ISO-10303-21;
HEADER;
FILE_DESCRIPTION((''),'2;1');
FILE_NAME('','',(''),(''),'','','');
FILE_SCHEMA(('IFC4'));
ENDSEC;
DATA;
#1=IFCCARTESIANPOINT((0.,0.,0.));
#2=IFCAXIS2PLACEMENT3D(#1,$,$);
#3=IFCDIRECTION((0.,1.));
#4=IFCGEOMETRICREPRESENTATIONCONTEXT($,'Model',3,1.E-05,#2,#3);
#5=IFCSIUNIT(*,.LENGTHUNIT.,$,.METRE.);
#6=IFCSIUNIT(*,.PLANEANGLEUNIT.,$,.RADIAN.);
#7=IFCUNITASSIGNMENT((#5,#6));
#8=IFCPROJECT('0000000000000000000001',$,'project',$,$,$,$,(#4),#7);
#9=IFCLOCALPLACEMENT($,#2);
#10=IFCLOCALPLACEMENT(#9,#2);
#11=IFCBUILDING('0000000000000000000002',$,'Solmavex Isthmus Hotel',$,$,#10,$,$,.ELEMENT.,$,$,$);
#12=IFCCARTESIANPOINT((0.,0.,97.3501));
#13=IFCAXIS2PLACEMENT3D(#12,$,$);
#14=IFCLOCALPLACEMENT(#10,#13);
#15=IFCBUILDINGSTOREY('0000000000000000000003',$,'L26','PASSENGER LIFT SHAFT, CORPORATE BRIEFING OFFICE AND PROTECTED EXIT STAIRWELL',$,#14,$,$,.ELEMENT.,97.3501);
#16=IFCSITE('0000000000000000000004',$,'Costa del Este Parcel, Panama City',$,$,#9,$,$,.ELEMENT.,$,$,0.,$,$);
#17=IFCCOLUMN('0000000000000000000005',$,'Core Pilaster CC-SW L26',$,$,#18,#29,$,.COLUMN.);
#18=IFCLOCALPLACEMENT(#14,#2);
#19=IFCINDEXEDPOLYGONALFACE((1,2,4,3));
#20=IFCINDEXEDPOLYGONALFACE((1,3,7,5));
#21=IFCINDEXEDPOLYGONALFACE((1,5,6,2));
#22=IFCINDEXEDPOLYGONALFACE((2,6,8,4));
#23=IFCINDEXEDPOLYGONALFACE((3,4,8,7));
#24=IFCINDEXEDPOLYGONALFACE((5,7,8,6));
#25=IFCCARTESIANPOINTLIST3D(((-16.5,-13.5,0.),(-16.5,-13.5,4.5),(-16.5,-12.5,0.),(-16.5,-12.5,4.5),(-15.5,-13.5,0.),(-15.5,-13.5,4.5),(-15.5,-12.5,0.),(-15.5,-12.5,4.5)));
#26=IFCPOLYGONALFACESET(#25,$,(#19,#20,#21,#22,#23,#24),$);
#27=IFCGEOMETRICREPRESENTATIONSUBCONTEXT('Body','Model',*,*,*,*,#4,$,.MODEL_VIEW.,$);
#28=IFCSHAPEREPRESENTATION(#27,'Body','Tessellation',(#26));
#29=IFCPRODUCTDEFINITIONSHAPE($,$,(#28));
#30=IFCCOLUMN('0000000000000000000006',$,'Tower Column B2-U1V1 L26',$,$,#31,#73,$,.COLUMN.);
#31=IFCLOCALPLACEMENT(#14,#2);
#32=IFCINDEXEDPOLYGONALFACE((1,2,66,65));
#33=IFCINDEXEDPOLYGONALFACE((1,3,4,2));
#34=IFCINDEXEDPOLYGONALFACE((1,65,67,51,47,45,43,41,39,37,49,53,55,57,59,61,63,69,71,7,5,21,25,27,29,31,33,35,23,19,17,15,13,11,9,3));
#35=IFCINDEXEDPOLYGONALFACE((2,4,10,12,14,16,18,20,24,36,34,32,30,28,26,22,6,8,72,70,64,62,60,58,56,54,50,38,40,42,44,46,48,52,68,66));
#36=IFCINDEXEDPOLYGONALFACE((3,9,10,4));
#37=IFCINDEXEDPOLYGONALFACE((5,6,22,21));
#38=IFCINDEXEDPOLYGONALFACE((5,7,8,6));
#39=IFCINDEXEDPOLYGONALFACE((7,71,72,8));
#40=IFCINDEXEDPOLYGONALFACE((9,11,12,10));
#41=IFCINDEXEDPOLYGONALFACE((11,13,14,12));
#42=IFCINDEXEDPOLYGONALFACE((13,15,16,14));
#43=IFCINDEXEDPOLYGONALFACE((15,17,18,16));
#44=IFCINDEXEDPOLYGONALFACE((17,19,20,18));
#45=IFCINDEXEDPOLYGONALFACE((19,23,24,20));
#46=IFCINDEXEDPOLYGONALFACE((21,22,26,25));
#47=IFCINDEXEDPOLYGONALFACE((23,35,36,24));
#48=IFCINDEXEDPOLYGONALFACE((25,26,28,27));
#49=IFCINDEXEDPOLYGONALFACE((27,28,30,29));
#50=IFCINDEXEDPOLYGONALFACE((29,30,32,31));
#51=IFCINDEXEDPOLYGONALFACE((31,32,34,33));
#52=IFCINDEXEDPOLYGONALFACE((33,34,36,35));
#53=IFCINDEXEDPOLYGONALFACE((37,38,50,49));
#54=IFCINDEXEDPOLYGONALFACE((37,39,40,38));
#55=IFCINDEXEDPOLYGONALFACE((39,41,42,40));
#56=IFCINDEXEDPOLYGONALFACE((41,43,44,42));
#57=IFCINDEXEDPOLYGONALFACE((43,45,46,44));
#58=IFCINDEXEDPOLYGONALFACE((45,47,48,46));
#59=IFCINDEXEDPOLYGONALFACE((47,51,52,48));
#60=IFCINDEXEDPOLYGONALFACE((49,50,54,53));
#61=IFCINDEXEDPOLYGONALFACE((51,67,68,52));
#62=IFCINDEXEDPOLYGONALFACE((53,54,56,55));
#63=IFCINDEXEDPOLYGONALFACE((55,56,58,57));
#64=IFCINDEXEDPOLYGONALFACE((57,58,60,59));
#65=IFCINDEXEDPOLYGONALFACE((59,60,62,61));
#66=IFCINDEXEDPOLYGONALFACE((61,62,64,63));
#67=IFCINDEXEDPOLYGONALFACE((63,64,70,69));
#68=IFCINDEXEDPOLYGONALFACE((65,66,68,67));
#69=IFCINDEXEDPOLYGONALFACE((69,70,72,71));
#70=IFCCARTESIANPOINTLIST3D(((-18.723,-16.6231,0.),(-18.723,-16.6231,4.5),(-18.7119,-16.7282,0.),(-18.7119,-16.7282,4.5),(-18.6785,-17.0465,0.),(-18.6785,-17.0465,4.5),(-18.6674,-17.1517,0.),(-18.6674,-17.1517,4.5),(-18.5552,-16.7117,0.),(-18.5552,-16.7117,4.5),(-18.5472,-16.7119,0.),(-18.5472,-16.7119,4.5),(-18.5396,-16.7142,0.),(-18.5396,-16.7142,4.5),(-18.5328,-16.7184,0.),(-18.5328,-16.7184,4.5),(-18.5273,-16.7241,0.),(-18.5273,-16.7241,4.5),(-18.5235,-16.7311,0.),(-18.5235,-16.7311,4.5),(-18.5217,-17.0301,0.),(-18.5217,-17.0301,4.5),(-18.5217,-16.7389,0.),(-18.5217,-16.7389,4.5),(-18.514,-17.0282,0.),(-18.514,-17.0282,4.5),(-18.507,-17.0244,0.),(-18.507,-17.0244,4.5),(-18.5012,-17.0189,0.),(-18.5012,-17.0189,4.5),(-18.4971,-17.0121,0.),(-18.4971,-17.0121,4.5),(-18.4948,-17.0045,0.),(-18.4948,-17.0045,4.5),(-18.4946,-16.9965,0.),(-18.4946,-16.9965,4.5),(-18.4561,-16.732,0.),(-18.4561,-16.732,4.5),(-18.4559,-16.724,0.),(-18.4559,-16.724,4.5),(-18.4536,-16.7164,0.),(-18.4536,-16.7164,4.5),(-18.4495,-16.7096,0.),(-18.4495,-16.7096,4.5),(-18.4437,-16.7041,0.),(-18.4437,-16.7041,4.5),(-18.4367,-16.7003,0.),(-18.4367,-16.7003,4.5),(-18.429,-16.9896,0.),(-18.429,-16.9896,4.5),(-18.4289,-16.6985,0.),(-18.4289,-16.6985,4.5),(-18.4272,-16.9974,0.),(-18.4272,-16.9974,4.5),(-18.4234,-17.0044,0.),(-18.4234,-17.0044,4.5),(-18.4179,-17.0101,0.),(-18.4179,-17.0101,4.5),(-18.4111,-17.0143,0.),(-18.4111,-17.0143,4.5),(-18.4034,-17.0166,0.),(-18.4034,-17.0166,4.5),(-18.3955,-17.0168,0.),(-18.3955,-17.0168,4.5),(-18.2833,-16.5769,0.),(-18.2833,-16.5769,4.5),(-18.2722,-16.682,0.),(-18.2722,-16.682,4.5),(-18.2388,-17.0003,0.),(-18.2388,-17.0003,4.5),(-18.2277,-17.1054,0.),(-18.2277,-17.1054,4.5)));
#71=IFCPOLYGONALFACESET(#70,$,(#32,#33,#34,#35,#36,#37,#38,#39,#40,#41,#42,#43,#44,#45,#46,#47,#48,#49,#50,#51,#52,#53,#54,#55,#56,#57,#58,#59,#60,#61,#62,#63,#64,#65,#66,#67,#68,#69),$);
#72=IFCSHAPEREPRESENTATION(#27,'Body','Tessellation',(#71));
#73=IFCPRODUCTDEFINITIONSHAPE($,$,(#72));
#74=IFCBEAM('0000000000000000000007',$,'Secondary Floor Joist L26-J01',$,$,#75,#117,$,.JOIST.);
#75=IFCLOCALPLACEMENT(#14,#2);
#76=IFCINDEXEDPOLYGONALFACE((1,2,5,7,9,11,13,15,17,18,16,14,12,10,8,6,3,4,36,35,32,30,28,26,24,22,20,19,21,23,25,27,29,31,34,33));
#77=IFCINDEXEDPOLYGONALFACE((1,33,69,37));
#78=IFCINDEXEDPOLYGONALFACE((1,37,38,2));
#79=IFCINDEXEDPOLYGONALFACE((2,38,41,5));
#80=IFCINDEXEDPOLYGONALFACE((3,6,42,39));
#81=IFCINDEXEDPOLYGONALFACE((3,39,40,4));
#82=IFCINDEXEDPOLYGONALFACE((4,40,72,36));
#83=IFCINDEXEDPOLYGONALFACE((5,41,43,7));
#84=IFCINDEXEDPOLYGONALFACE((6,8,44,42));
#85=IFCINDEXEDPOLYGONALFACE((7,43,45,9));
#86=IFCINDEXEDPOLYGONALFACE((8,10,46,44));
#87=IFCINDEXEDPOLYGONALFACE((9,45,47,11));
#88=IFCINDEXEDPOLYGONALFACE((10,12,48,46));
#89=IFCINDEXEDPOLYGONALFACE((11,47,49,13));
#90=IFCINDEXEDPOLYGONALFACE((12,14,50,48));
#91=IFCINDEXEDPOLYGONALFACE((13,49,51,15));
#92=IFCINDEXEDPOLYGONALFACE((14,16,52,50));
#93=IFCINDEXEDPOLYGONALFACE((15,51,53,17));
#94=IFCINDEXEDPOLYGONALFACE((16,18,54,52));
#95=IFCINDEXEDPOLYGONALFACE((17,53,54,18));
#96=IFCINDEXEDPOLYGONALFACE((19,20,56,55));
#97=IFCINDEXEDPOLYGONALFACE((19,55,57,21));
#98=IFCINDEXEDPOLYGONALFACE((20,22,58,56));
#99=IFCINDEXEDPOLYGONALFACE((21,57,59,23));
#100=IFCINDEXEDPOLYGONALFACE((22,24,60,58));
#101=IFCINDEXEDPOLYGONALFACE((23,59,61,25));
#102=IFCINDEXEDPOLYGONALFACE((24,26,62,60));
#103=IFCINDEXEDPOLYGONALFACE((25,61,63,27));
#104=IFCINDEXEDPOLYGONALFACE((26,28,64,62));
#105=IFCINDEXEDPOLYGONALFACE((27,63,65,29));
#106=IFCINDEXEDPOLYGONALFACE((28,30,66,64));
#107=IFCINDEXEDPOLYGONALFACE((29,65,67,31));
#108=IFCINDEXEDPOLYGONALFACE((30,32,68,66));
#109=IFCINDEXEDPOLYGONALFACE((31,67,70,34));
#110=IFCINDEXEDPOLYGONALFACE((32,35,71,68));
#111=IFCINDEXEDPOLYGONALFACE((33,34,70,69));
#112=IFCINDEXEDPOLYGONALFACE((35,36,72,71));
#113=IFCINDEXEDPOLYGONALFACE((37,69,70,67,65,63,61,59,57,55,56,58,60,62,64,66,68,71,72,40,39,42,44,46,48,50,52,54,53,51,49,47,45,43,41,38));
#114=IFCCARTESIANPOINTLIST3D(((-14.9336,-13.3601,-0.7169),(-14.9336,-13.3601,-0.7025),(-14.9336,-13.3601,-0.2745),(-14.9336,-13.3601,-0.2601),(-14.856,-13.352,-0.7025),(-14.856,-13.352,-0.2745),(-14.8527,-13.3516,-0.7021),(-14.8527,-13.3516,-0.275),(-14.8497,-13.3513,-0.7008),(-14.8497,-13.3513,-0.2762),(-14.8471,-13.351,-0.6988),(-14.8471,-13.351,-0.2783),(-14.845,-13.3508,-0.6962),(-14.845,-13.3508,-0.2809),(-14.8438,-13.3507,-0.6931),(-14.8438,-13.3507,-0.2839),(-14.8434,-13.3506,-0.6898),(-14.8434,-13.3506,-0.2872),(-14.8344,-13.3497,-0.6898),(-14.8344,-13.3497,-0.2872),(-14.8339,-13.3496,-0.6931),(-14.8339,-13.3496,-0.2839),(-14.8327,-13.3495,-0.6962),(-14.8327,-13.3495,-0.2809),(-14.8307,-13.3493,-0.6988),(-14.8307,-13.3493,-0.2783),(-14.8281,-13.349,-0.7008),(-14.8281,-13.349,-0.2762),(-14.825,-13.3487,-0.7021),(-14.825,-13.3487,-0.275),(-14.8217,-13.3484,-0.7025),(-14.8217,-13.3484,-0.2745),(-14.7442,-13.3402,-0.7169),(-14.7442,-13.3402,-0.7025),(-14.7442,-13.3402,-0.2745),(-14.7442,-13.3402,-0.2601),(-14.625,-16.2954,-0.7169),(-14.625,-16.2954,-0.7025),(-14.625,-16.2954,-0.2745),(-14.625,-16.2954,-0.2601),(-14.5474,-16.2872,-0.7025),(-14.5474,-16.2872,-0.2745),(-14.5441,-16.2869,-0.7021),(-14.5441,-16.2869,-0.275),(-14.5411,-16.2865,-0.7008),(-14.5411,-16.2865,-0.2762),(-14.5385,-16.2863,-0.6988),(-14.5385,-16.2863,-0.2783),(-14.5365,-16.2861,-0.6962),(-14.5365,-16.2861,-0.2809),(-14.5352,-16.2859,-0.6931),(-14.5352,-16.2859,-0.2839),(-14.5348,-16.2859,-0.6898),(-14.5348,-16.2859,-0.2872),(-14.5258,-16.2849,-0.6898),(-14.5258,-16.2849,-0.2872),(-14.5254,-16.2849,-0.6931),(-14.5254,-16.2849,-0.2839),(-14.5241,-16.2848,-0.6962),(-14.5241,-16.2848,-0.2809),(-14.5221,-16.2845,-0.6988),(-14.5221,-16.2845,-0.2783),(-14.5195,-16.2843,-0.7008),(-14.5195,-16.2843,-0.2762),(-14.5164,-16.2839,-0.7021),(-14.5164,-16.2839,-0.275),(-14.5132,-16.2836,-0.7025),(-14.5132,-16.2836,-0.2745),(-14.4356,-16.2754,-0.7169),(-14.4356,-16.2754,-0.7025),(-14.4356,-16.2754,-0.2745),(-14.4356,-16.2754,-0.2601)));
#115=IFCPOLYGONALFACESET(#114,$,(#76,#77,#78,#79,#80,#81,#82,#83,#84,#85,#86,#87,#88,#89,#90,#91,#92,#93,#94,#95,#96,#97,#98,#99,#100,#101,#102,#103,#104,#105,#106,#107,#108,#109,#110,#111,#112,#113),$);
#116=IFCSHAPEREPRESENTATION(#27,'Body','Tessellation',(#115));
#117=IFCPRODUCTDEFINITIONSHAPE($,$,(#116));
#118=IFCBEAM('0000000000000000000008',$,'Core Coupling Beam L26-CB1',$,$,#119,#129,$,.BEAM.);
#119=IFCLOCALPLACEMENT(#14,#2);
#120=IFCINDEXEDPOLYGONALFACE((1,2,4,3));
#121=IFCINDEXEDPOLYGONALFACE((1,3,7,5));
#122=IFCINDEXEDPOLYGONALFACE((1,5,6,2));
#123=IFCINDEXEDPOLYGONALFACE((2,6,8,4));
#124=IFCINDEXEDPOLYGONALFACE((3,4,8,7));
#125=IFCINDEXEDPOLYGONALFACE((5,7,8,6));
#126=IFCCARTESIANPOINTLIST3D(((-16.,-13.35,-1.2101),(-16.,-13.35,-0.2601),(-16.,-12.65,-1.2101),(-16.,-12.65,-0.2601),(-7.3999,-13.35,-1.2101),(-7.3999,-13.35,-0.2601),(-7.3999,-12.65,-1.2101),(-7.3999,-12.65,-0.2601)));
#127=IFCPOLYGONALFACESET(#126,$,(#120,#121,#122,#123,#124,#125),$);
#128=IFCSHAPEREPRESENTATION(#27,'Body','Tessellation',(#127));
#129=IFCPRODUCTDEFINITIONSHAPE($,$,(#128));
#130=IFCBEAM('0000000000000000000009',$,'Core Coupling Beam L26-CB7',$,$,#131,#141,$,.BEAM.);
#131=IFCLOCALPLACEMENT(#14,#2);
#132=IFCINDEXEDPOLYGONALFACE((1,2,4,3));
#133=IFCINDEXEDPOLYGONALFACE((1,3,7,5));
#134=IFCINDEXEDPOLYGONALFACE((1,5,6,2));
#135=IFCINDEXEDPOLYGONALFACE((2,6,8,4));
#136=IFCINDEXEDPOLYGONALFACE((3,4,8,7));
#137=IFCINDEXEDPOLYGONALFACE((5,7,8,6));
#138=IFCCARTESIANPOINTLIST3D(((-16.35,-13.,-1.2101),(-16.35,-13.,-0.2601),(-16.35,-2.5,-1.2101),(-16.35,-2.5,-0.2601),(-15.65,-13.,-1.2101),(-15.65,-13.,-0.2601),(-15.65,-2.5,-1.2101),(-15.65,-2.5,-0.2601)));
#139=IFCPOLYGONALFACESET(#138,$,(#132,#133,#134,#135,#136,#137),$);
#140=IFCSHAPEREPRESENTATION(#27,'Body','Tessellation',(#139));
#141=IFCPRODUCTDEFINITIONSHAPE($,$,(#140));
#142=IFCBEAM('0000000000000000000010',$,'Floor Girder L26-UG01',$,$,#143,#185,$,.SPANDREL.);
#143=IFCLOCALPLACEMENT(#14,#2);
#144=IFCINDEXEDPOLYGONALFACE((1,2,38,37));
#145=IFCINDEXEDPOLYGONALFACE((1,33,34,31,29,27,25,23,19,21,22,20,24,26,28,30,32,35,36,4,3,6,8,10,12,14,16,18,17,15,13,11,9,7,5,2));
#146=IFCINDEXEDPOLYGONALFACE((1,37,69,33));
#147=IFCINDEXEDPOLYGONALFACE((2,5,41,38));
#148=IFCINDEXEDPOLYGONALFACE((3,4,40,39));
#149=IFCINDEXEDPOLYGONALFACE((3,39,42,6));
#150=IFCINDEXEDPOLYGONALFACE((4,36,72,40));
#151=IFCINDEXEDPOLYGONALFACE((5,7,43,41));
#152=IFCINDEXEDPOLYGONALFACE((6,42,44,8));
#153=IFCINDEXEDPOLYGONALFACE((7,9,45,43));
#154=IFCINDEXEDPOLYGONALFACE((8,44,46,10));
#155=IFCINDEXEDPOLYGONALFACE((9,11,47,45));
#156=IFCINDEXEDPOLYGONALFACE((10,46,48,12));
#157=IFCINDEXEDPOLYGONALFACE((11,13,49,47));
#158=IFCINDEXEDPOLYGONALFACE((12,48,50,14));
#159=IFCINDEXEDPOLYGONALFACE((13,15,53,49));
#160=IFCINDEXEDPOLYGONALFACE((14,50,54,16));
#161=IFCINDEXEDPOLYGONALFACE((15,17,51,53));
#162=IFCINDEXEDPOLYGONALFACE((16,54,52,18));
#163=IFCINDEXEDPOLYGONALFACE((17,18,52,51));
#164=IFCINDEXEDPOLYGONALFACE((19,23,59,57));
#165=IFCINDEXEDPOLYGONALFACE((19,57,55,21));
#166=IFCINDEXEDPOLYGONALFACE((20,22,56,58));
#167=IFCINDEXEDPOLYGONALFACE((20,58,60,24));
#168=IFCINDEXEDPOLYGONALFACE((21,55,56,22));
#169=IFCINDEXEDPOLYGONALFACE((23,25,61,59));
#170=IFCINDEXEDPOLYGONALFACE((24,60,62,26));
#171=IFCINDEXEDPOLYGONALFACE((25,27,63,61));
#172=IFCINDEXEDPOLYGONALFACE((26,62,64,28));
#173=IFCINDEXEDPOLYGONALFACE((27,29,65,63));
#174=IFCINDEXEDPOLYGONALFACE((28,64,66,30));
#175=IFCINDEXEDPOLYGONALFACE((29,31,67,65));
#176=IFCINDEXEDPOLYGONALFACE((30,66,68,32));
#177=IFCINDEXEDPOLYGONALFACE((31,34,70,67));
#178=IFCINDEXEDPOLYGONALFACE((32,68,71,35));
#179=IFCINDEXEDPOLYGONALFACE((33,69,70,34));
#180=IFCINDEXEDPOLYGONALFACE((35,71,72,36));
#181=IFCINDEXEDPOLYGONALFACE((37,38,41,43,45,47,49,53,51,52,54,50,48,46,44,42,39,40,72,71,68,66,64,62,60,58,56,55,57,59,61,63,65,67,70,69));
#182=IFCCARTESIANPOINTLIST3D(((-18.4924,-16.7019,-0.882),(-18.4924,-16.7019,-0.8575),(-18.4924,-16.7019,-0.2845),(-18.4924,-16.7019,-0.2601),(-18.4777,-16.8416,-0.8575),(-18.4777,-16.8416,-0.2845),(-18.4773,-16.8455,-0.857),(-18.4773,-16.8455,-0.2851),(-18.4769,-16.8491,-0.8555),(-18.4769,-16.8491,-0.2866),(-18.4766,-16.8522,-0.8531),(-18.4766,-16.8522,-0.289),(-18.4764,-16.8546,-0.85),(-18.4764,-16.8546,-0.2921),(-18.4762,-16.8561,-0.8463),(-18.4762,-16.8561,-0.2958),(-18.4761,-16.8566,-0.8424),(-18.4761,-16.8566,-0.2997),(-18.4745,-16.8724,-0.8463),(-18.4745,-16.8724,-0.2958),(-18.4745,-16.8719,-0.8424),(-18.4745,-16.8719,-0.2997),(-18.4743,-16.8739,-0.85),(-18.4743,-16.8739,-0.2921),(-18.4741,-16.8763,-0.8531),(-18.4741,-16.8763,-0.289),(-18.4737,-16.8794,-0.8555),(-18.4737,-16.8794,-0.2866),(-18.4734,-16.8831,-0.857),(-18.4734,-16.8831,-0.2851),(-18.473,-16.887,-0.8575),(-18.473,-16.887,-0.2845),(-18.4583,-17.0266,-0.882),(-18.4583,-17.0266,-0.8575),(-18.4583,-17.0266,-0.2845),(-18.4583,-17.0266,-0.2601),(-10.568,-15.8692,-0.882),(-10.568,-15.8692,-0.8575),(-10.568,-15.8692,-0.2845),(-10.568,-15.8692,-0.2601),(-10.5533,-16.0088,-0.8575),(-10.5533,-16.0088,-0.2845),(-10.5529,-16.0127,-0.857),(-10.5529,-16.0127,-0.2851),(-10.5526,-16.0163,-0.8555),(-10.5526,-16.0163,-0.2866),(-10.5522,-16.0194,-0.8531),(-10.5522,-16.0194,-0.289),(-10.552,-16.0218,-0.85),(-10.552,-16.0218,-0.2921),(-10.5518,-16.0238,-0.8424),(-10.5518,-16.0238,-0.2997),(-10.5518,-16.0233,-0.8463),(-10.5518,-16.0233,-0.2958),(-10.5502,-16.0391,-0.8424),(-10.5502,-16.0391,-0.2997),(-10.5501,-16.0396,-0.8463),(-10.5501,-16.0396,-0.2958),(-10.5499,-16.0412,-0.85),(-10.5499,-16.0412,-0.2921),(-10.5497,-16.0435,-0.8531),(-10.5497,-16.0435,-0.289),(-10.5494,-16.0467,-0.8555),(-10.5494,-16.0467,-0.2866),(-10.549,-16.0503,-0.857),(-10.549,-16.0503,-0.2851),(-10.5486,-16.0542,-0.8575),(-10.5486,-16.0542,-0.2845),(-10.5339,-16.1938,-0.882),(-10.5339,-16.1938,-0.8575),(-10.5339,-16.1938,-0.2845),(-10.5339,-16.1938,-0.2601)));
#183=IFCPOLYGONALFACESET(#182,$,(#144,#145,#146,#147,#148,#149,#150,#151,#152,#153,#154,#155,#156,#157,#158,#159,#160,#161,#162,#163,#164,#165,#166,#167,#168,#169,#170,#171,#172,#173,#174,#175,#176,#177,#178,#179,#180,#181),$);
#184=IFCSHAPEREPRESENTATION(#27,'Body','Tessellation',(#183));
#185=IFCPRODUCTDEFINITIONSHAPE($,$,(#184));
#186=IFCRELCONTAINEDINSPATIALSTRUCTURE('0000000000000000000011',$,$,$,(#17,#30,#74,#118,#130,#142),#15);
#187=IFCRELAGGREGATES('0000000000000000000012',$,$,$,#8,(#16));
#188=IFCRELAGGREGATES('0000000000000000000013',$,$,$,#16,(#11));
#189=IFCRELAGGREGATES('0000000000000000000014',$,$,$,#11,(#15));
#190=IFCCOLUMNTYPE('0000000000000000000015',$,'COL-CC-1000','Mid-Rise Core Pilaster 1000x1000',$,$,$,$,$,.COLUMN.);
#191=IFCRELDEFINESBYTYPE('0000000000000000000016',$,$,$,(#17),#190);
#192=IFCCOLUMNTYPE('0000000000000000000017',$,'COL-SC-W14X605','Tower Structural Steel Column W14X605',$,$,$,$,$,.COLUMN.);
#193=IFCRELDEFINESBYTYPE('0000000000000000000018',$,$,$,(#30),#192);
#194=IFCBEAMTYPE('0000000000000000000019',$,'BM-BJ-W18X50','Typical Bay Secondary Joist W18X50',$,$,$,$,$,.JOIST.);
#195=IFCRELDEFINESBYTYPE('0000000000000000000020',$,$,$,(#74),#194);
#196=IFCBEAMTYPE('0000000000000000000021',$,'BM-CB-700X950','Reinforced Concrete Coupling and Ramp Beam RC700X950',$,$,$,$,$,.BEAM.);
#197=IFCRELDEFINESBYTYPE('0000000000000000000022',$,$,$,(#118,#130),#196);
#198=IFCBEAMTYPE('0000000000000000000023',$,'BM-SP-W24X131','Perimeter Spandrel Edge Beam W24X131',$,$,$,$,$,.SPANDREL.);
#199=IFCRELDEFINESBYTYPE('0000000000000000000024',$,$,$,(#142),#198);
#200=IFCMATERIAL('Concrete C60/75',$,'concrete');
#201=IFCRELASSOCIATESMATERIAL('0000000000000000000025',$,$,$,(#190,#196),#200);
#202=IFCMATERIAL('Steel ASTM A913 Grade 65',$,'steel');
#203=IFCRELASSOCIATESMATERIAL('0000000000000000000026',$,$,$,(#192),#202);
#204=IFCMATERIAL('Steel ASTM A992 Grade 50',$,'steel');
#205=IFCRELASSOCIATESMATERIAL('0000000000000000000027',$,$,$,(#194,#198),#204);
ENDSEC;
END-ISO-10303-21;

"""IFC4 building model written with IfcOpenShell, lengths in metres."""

from ifc_helpers import new_model, si_unit, direction, frame, origin, origin_2d, place, context, subcontext, project, spatial, rectangle, i_section, extrude, material, material_profile, profile_set, type_object, element, save


model = new_model("IFC4")

# Units and contexts
model_context = context("Model", 3, precision=1e-05, world=origin(), true_north=direction((0.0, 1.0)))
body_context = subcontext(model_context, "Body", "Model", "MODEL_VIEW")
ifc_project = project(units=[si_unit("LENGTHUNIT", "METRE"), si_unit("PLANEANGLEUNIT", "RADIAN")], contexts=[model_context])

# Site, building, storey
site_placement = place(None, origin())
site = spatial("IfcSite", under=ifc_project, at=site_placement, Name="Costa del Este Parcel, Panama City", CompositionType="ELEMENT", RefElevation=0.0)
building_placement = place(site_placement, origin())
building = spatial("IfcBuilding", under=site, at=building_placement, Name="Solmavex Isthmus Hotel", CompositionType="ELEMENT")
storey_placement = place(building_placement, frame((0.0, 0.0, 97.3501)))
storey = spatial("IfcBuildingStorey", under=building, at=storey_placement, Name="L26", Description="PASSENGER LIFT SHAFT, CORPORATE BRIEFING OFFICE AND PROTECTED EXIT STAIRWELL", CompositionType="ELEMENT", Elevation=97.3501)

# Columns
ifc_material_1 = material(Name="Concrete C60/75", Category="concrete")
ifc_material_profile_1 = material_profile(ifc_material_1, rectangle(XDim=1.0, YDim=1.0, at=origin_2d()), Name="RC1000X1000")
ifc_profile_set_1 = profile_set([ifc_material_profile_1], Name="Concrete C60/75")
column_type_1 = type_object("IfcColumnType", Name="COL-CC-1000", Description="Mid-Rise Core Pilaster 1000x1000", PredefinedType="COLUMN", material=ifc_profile_set_1)
column_1_placement = place(storey_placement, frame((-16.0, -13.0, 0.0), z_axis=(0.0, 0.0, 1.0), x_axis=(1.0, 0.0, 0.0)))
element("IfcColumn", 1, at=column_1_placement, inside=storey, type_object=column_type_1, Name="Core Pilaster CC-SW L26", PredefinedType="COLUMN", context=body_context, shape_type="SweptSolid", body=[
    extrude(rectangle(XDim=1.0, YDim=1.0, at=origin_2d()), origin(), (0.0, 0.0, 1.0), 4.5),
])
ifc_material_2 = material(Name="Steel ASTM A913 Grade 65", Category="steel")
ifc_material_profile_2 = material_profile(ifc_material_2, i_section(OverallWidth=0.4421, OverallDepth=0.5315, WebThickness=0.0659, FlangeThickness=0.1057, FilletRadius=0.0305, at=origin_2d()), Name="W14X605")
ifc_profile_set_2 = profile_set([ifc_material_profile_2], Name="Steel ASTM A913 Grade 65")
column_type_2 = type_object("IfcColumnType", Name="COL-SC-W14X605", Description="Tower Structural Steel Column W14X605", PredefinedType="COLUMN", material=ifc_profile_set_2)
column_2_placement = place(storey_placement, frame((-18.4753, -16.8643, 0.0), z_axis=(0.0, 0.0, 1.0), x_axis=(0.994522, 0.104528, 0.0)))
element("IfcColumn", 2, at=column_2_placement, inside=storey, type_object=column_type_2, Name="Tower Column B2-U1V1 L26", PredefinedType="COLUMN", context=body_context, shape_type="SweptSolid", body=[
    extrude(i_section(OverallWidth=0.4421, OverallDepth=0.5315, WebThickness=0.0659, FlangeThickness=0.1057, FilletRadius=0.0305, at=origin_2d()), origin(), (0.0, 0.0, 1.0), 4.5),
])

# Beams
ifc_material_3 = material(Name="Steel ASTM A992 Grade 50", Category="steel")
ifc_material_profile_3 = material_profile(ifc_material_3, i_section(OverallWidth=0.1904, OverallDepth=0.4568, WebThickness=0.009, FlangeThickness=0.0144, FilletRadius=0.0127, at=origin_2d()), Name="W18X50")
ifc_profile_set_3 = profile_set([ifc_material_profile_3], Name="Steel ASTM A992 Grade 50")
beam_type_1 = type_object("IfcBeamType", Name="BM-BJ-W18X50", Description="Typical Bay Secondary Joist W18X50", PredefinedType="JOIST", material=ifc_profile_set_3)
beam_1_placement = place(storey_placement, frame((-14.5303, -16.2854, -0.4885), z_axis=(-0.104556, 0.994519, 0.0), x_axis=(-0.994519, -0.104556, 0.0)))
element("IfcBeam", 3, at=beam_1_placement, inside=storey, type_object=beam_type_1, Name="Secondary Floor Joist L26-J01", PredefinedType="JOIST", context=body_context, shape_type="SweptSolid", body=[
    extrude(i_section(OverallWidth=0.1904, OverallDepth=0.4568, WebThickness=0.009, FlangeThickness=0.0144, FilletRadius=0.0127, at=origin_2d()), origin(), (0.0, 0.0, 1.0), 2.9514),
])
ifc_material_profile_4 = material_profile(ifc_material_1, rectangle(XDim=0.7, YDim=0.95, at=origin_2d()), Name="RC700X950")
ifc_profile_set_4 = profile_set([ifc_material_profile_4], Name="Concrete C60/75")
beam_type_2 = type_object("IfcBeamType", Name="BM-CB-700X950", Description="Reinforced Concrete Coupling and Ramp Beam RC700X950", PredefinedType="BEAM", material=ifc_profile_set_4)
beam_2_placement = place(storey_placement, frame((-16.0, -13.0, -0.7351), z_axis=(1.0, 0.0, 0.0), x_axis=(0.0, 1.0, 0.0)))
element("IfcBeam", 4, at=beam_2_placement, inside=storey, type_object=beam_type_2, Name="Core Coupling Beam L26-CB1", PredefinedType="BEAM", context=body_context, shape_type="SweptSolid", body=[
    extrude(rectangle(XDim=0.7, YDim=0.95, at=origin_2d()), origin(), (0.0, 0.0, 1.0), 8.6001),
])
beam_3_placement = place(storey_placement, frame((-16.0, -13.0, -0.7351), z_axis=(0.0, 1.0, 0.0), x_axis=(-1.0, 0.0, 0.0)))
element("IfcBeam", 5, at=beam_3_placement, inside=storey, type_object=beam_type_2, Name="Core Coupling Beam L26-CB7", PredefinedType="BEAM", context=body_context, shape_type="SweptSolid", body=[
    extrude(rectangle(XDim=0.7, YDim=0.95, at=origin_2d()), origin(), (0.0, 0.0, 1.0), 10.5),
])
ifc_material_profile_5 = material_profile(ifc_material_3, i_section(OverallWidth=0.3264, OverallDepth=0.6218, WebThickness=0.0154, FlangeThickness=0.0244, FilletRadius=0.0151, at=origin_2d()), Name="W24X131")
ifc_profile_set_5 = profile_set([ifc_material_profile_5], Name="Steel ASTM A992 Grade 50")
beam_type_3 = type_object("IfcBeamType", Name="BM-SP-W24X131", Description="Perimeter Spandrel Edge Beam W24X131", PredefinedType="SPANDREL", material=ifc_profile_set_5)
beam_4_placement = place(storey_placement, frame((-18.4753, -16.8643, -0.571), z_axis=(0.994523, 0.104514, 0.0), x_axis=(-0.104514, 0.994523, 0.0)))
element("IfcBeam", 6, at=beam_4_placement, inside=storey, type_object=beam_type_3, Name="Floor Girder L26-UG01", PredefinedType="SPANDREL", context=body_context, shape_type="SweptSolid", body=[
    extrude(i_section(OverallWidth=0.3264, OverallDepth=0.6218, WebThickness=0.0154, FlangeThickness=0.0244, FilletRadius=0.0151, at=origin_2d()), origin(), (0.0, 0.0, 1.0), 7.968),
])

save(model, "model.ifc")
